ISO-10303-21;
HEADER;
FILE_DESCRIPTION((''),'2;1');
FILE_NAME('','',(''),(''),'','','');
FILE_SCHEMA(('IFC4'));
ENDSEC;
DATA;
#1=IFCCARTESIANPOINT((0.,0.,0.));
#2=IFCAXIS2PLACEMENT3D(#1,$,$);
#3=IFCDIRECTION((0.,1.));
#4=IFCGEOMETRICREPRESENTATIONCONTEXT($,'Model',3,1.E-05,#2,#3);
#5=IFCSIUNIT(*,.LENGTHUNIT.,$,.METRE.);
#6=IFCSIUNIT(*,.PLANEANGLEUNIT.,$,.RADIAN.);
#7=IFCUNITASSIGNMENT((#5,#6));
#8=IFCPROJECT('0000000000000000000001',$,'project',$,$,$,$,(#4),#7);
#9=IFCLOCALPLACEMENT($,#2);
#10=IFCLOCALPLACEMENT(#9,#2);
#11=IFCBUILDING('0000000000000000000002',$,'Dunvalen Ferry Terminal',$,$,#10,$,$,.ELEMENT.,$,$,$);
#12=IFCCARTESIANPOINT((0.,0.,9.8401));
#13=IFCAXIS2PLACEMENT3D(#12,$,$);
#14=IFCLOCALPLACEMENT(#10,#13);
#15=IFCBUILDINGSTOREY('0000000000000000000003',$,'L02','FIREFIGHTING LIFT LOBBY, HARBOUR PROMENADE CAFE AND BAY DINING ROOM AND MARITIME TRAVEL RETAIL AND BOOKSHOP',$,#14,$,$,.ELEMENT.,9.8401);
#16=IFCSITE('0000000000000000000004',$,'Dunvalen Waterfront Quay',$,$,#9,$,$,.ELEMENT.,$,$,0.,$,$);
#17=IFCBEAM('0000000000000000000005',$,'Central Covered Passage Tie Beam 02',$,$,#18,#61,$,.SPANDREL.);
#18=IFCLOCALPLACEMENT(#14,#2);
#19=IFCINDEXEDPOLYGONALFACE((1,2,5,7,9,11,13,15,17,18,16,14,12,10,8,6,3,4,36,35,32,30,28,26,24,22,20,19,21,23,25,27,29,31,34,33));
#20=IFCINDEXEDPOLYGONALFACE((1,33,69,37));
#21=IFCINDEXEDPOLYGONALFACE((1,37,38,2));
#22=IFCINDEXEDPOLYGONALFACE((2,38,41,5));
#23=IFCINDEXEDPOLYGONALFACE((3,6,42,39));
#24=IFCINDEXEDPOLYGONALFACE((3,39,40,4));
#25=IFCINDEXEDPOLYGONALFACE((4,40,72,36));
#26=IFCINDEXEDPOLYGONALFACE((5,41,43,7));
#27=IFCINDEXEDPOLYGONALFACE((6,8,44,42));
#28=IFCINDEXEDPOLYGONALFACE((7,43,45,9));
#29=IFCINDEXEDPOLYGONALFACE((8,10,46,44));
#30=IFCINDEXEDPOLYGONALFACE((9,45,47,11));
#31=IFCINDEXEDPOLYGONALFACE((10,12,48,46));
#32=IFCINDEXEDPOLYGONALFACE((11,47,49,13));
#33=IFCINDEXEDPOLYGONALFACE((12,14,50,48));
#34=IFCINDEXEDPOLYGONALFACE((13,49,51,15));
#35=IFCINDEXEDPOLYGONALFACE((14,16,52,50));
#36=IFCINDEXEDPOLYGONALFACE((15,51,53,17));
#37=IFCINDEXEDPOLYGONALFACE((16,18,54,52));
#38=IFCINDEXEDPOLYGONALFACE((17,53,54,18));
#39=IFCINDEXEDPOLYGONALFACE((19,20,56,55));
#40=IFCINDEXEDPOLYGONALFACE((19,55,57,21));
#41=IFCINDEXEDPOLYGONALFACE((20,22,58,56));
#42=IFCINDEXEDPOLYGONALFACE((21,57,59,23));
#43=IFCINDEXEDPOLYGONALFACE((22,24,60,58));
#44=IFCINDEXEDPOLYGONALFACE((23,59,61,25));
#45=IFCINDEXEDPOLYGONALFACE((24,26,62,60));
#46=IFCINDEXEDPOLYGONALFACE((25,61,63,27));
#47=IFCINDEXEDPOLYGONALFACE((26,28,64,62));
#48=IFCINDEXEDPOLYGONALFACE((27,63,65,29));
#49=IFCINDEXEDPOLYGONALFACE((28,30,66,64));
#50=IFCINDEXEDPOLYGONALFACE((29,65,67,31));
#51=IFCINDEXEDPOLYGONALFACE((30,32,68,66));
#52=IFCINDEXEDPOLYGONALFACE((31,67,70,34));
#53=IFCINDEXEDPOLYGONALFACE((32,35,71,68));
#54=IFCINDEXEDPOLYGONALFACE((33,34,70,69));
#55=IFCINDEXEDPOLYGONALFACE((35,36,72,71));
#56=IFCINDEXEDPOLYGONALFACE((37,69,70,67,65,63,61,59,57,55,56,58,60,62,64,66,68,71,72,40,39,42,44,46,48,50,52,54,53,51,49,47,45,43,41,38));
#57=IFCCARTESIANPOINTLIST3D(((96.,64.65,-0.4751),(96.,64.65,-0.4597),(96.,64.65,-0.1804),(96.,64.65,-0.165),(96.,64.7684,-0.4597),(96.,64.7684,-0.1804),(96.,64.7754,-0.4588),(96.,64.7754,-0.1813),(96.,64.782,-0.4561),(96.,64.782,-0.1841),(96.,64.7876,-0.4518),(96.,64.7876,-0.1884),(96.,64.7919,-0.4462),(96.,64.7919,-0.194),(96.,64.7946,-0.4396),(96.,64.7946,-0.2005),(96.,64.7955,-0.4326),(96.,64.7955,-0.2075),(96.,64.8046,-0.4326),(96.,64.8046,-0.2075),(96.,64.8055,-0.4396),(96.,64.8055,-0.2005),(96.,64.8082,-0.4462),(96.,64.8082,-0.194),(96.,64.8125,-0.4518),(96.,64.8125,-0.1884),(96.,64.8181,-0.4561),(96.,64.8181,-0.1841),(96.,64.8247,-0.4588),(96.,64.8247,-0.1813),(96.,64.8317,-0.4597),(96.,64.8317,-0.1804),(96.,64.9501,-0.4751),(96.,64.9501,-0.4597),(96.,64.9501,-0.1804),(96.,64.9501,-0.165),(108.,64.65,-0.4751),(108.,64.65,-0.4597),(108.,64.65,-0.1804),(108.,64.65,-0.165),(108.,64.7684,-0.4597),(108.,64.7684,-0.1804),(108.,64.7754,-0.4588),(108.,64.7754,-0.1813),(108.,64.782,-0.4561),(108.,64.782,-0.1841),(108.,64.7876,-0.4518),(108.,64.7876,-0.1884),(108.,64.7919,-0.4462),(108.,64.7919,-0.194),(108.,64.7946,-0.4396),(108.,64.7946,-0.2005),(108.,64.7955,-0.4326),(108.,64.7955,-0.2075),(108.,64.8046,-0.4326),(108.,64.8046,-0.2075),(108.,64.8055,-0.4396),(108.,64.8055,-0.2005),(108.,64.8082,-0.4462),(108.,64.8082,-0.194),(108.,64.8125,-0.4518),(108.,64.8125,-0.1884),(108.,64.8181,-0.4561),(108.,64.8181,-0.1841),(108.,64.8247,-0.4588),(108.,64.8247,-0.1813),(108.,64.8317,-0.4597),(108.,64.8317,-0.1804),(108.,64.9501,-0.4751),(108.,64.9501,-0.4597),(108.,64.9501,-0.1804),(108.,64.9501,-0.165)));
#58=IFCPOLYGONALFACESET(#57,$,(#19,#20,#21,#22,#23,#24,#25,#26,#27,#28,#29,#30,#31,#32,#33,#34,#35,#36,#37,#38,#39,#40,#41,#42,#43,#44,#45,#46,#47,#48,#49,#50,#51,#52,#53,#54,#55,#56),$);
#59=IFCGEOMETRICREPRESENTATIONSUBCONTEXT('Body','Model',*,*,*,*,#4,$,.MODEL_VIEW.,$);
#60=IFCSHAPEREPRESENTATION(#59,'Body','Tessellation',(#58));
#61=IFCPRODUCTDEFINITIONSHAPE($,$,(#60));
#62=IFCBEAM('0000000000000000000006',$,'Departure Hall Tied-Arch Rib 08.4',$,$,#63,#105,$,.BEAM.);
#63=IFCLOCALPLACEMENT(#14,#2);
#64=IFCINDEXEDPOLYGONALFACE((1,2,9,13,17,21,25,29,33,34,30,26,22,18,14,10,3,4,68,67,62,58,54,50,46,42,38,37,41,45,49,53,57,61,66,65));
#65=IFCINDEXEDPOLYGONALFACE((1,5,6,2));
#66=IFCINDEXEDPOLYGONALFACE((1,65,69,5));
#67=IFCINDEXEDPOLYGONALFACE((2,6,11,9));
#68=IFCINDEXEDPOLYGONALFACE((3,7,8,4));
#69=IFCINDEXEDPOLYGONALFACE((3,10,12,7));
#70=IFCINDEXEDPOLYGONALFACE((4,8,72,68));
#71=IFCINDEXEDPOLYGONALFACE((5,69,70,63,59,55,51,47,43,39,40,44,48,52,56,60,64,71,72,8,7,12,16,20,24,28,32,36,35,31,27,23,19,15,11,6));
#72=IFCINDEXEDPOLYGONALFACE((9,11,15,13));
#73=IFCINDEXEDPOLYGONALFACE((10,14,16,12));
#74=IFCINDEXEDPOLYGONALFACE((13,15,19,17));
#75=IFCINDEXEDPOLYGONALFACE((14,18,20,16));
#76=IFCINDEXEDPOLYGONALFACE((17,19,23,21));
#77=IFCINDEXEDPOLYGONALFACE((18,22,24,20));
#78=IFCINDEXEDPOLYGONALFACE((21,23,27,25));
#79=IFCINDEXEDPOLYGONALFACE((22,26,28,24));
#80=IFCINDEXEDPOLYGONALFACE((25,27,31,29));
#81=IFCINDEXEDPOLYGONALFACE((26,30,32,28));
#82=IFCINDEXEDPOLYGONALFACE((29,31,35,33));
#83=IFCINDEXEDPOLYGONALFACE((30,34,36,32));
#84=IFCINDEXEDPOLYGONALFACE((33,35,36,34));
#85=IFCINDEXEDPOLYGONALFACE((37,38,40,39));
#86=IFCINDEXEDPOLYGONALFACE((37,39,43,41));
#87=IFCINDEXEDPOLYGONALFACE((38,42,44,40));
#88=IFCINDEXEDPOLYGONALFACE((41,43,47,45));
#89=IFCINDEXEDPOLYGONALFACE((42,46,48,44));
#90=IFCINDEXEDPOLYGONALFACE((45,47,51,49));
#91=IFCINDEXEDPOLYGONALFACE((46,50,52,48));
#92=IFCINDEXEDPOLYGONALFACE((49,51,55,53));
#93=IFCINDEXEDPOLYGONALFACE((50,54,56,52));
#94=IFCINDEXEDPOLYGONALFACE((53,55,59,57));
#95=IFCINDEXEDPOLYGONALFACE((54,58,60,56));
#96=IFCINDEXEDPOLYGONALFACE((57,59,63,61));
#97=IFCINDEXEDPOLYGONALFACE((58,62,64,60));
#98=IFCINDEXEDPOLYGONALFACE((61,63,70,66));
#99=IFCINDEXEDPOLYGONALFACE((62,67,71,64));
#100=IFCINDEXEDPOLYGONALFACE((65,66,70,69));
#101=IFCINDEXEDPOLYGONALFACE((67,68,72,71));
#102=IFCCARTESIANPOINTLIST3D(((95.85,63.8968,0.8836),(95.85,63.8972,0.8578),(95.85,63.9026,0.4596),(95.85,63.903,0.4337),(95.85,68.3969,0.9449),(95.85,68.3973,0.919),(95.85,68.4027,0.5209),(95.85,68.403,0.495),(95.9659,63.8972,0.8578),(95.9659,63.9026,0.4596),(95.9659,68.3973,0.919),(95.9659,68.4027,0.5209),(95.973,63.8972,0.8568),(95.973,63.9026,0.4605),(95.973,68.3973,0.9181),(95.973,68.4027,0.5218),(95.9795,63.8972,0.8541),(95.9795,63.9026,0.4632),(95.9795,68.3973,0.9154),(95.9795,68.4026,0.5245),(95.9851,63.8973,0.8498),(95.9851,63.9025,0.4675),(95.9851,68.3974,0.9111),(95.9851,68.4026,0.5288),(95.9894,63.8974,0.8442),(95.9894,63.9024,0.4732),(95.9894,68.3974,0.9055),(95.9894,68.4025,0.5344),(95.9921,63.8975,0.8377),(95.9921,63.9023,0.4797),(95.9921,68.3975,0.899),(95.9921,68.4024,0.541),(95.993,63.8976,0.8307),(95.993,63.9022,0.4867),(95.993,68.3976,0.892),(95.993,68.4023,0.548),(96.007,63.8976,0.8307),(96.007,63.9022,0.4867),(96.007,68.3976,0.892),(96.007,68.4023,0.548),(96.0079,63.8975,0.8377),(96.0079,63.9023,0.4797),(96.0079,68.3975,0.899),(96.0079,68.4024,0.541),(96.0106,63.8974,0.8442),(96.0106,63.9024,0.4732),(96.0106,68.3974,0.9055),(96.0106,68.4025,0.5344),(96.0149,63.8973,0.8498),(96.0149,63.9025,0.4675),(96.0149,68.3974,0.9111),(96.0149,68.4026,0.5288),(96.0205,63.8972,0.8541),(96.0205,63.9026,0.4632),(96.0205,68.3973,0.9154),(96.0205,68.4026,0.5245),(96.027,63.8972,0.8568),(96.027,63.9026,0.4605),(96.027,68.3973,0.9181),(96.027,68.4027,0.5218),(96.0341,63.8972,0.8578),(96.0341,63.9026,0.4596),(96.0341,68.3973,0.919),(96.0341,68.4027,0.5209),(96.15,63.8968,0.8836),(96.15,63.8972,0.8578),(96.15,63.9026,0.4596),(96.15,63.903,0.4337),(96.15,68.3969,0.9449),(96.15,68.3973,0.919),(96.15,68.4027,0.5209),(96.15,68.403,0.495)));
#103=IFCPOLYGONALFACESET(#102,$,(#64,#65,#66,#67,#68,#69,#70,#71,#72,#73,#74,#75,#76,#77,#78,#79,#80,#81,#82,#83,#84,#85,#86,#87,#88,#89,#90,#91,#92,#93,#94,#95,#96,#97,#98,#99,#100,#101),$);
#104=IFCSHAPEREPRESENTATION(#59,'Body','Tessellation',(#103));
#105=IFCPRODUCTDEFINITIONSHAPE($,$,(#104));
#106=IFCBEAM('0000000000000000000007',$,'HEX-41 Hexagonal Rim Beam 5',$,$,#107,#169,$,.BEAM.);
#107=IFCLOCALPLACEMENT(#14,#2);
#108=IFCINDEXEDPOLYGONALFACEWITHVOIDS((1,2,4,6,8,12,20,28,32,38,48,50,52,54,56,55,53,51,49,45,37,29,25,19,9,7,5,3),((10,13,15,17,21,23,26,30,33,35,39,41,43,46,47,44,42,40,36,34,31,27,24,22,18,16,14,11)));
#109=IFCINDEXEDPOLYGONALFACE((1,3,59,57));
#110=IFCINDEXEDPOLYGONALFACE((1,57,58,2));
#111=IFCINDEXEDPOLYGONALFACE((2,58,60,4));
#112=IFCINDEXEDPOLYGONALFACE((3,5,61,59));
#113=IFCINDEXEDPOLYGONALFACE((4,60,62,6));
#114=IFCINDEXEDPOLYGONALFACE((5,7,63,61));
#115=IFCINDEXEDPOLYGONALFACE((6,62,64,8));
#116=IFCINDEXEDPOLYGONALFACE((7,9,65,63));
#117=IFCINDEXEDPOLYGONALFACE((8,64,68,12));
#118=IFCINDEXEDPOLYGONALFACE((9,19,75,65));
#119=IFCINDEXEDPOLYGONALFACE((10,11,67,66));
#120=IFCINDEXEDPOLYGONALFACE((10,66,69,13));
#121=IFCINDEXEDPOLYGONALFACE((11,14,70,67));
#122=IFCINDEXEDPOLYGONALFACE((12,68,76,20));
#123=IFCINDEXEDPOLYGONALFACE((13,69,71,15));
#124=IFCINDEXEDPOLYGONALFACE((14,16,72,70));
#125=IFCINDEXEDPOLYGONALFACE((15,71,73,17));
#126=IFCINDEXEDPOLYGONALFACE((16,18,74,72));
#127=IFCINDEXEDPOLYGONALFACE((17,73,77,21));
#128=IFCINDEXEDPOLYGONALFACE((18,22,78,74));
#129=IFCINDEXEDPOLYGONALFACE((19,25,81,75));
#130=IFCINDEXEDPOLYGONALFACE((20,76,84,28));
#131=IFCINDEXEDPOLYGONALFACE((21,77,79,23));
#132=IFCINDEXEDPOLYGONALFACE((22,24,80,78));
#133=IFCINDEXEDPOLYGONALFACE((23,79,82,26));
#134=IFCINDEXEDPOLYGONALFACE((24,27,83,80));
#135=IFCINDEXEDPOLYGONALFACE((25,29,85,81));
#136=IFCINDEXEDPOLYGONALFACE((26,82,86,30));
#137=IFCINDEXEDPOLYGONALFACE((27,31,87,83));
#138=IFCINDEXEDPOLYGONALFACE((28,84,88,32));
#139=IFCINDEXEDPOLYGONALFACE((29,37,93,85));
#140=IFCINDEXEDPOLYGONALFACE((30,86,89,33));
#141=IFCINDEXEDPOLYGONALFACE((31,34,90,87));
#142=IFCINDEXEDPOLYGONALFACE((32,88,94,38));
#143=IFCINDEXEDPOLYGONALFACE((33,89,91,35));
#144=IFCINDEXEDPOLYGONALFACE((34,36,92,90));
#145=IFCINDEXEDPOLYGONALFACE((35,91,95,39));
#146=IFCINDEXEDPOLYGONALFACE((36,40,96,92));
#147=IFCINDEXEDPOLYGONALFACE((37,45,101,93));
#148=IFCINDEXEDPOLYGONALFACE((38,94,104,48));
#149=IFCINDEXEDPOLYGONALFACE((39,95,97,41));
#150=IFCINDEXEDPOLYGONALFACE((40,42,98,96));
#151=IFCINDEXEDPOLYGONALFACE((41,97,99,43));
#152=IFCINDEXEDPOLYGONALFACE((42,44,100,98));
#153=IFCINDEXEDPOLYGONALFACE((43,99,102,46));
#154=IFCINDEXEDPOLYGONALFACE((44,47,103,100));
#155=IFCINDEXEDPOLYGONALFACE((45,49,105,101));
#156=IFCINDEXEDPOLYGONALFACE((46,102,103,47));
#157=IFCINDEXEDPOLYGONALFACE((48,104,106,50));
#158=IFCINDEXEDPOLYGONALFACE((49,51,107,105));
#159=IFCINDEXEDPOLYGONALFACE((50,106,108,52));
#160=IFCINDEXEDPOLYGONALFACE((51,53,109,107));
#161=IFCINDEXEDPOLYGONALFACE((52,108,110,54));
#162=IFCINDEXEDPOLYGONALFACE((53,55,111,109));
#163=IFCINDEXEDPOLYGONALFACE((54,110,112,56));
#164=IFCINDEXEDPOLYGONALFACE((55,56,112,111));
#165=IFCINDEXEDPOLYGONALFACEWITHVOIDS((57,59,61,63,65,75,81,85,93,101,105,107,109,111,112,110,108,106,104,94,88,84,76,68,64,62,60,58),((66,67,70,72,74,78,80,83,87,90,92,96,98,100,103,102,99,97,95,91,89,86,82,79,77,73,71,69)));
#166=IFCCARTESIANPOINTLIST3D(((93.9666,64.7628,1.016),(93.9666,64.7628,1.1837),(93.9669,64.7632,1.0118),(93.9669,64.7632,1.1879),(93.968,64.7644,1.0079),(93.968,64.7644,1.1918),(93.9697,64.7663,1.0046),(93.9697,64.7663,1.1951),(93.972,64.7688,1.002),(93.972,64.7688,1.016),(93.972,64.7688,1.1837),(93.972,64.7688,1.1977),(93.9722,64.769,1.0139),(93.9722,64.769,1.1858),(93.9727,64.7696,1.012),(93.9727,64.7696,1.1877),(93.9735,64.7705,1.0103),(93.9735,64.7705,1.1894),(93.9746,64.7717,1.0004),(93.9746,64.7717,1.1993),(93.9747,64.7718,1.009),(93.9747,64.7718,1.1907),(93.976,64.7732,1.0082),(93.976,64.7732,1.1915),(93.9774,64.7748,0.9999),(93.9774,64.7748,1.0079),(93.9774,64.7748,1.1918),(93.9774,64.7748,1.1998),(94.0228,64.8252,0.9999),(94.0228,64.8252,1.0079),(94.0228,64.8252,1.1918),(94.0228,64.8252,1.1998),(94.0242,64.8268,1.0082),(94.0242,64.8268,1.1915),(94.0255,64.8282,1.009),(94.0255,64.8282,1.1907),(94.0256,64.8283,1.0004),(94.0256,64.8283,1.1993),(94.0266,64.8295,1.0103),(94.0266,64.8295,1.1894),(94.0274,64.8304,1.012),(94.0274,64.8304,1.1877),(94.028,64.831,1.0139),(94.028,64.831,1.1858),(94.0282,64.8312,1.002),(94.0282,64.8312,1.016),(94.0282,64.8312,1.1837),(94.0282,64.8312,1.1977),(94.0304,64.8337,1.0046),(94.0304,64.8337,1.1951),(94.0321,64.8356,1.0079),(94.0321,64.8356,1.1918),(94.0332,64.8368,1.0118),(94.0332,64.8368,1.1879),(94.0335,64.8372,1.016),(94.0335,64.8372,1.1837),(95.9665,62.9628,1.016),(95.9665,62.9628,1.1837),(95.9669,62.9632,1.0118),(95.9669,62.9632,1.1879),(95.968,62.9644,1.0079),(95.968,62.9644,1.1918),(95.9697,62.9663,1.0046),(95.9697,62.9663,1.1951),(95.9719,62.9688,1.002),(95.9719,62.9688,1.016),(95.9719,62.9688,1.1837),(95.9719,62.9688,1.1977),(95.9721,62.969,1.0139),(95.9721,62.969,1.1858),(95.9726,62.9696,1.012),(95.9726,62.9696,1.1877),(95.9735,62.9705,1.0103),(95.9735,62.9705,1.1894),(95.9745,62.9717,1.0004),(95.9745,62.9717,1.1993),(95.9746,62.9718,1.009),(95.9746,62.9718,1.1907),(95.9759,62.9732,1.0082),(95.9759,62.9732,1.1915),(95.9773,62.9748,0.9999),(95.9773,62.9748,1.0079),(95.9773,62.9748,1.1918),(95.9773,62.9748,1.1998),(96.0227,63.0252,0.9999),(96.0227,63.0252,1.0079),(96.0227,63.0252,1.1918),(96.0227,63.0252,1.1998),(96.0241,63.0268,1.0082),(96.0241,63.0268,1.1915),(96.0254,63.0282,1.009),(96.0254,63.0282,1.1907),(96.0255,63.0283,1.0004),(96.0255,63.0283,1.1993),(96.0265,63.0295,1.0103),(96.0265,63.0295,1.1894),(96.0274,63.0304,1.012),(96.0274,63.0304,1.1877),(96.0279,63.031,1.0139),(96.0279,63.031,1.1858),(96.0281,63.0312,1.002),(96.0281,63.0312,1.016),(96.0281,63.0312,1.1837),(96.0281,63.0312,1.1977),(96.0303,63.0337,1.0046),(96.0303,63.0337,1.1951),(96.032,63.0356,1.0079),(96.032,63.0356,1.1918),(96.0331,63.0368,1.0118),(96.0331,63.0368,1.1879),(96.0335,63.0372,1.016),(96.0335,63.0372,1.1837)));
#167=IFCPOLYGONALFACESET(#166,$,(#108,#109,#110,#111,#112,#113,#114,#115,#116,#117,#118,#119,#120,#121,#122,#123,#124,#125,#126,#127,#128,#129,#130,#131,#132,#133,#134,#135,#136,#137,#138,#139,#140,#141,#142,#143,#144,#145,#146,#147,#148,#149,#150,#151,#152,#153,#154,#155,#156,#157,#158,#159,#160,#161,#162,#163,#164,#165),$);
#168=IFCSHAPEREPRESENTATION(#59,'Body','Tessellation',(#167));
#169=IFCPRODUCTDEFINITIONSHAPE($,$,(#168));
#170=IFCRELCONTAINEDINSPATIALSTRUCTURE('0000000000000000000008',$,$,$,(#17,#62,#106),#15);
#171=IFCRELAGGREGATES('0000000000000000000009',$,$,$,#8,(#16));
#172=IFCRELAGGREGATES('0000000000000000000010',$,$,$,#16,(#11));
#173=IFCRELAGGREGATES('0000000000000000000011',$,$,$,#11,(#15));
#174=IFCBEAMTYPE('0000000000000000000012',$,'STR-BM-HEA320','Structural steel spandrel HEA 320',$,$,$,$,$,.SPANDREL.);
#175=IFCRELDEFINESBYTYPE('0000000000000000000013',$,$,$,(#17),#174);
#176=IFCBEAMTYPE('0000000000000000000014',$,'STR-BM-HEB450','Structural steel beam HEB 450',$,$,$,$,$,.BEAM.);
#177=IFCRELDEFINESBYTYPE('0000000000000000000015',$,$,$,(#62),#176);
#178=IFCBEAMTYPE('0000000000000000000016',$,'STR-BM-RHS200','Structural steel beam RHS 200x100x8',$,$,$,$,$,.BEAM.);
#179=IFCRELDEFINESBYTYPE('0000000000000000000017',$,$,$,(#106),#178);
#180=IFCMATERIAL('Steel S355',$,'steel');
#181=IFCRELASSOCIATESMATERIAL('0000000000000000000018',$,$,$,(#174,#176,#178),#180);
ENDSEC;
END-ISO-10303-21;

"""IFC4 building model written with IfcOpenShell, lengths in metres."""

from ifc_helpers import new_model, si_unit, direction, frame, origin, origin_2d, place, context, subcontext, project, spatial, hollow_rectangle, i_section, extrude, material, material_profile, profile_set, type_object, element, save


model = new_model("IFC4")

# Units and contexts
model_context = context("Model", 3, precision=1e-05, world=origin(), true_north=direction((0.0, 1.0)))
body_context = subcontext(model_context, "Body", "Model", "MODEL_VIEW")
ifc_project = project(units=[si_unit("LENGTHUNIT", "METRE"), si_unit("PLANEANGLEUNIT", "RADIAN")], contexts=[model_context])

# Site, building, storey
site_placement = place(None, origin())
site = spatial("IfcSite", under=ifc_project, at=site_placement, Name="Dunvalen Waterfront Quay", CompositionType="ELEMENT", RefElevation=0.0)
building_placement = place(site_placement, origin())
building = spatial("IfcBuilding", under=site, at=building_placement, Name="Dunvalen Ferry Terminal", CompositionType="ELEMENT")
storey_placement = place(building_placement, frame((0.0, 0.0, 9.8401)))
storey = spatial("IfcBuildingStorey", under=building, at=storey_placement, Name="L02", Description="FIREFIGHTING LIFT LOBBY, HARBOUR PROMENADE CAFE AND BAY DINING ROOM AND MARITIME TRAVEL RETAIL AND BOOKSHOP", CompositionType="ELEMENT", Elevation=9.8401)

# Beams
ifc_material_1 = material(Name="Steel S355", Category="steel")
ifc_material_profile_1 = material_profile(ifc_material_1, i_section(OverallWidth=0.3, OverallDepth=0.3101, WebThickness=0.009, FlangeThickness=0.0154, FilletRadius=0.0271, at=origin_2d()), Name="Steel S355")
ifc_profile_set_1 = profile_set([ifc_material_profile_1], Name="Steel S355")
beam_type_1 = type_object("IfcBeamType", Name="STR-BM-HEA320", Description="Structural steel spandrel HEA 320", PredefinedType="SPANDREL", material=ifc_profile_set_1)
beam_1_placement = place(storey_placement, frame((96.0, 64.8, -0.3201), z_axis=(1.0, 0.0, 0.0), x_axis=(0.0, 1.0, 0.0)))
element("IfcBeam", 1, at=beam_1_placement, inside=storey, type_object=beam_type_1, Name="Central Covered Passage Tie Beam 02", PredefinedType="SPANDREL", context=body_context, shape_type="SweptSolid", body=[
    extrude(i_section(OverallWidth=0.3, OverallDepth=0.3101, WebThickness=0.009, FlangeThickness=0.0154, FilletRadius=0.0271, at=origin_2d()), origin(), (0.0, 0.0, 1.0), 12.0),
])
ifc_material_profile_2 = material_profile(ifc_material_1, i_section(OverallWidth=0.3, OverallDepth=0.45, WebThickness=0.0139, FlangeThickness=0.0259, FilletRadius=0.0271, at=origin_2d()), Name="Steel S355")
ifc_profile_set_2 = profile_set([ifc_material_profile_2], Name="Steel S355")
beam_type_2 = type_object("IfcBeamType", Name="STR-BM-HEB450", Description="Structural steel beam HEB 450", PredefinedType="BEAM", material=ifc_profile_set_2)
beam_2_placement = place(storey_placement, frame((96.0, 63.8999, 0.6587), z_axis=(0.0, 0.999907, 0.013616), x_axis=(-1.0, 0.0, 0.0)))
element("IfcBeam", 2, at=beam_2_placement, inside=storey, type_object=beam_type_2, Name="Departure Hall Tied-Arch Rib 08.4", PredefinedType="BEAM", context=body_context, shape_type="SweptSolid", body=[
    extrude(i_section(OverallWidth=0.3, OverallDepth=0.45, WebThickness=0.0139, FlangeThickness=0.0259, FilletRadius=0.0271, at=origin_2d()), origin(), (0.0, 0.0, 1.0), 4.5005),
])
ifc_material_profile_3 = material_profile(ifc_material_1, hollow_rectangle(XDim=0.1001, YDim=0.2, WallThickness=0.0081, InnerFilletRadius=0.0081, OuterFilletRadius=0.0161, at=origin_2d()), Name="Steel S355")
ifc_profile_set_3 = profile_set([ifc_material_profile_3], Name="Steel S355")
beam_type_3 = type_object("IfcBeamType", Name="STR-BM-RHS200", Description="Structural steel beam RHS 200x100x8", PredefinedType="BEAM", material=ifc_profile_set_3)
beam_3_placement = place(storey_placement, frame((96.0, 63.0, 1.0999), z_axis=(-0.743285, 0.668975, 0.0), x_axis=(-0.668975, -0.743285, 0.0)))
element("IfcBeam", 3, at=beam_3_placement, inside=storey, type_object=beam_type_3, Name="HEX-41 Hexagonal Rim Beam 5", PredefinedType="BEAM", context=body_context, shape_type="SweptSolid", body=[
    extrude(hollow_rectangle(XDim=0.1001, YDim=0.2, WallThickness=0.0081, InnerFilletRadius=0.0081, OuterFilletRadius=0.0161, at=origin_2d()), origin(), (0.0, 0.0, 1.0), 2.6907),
])

save(model, "model.ifc")
